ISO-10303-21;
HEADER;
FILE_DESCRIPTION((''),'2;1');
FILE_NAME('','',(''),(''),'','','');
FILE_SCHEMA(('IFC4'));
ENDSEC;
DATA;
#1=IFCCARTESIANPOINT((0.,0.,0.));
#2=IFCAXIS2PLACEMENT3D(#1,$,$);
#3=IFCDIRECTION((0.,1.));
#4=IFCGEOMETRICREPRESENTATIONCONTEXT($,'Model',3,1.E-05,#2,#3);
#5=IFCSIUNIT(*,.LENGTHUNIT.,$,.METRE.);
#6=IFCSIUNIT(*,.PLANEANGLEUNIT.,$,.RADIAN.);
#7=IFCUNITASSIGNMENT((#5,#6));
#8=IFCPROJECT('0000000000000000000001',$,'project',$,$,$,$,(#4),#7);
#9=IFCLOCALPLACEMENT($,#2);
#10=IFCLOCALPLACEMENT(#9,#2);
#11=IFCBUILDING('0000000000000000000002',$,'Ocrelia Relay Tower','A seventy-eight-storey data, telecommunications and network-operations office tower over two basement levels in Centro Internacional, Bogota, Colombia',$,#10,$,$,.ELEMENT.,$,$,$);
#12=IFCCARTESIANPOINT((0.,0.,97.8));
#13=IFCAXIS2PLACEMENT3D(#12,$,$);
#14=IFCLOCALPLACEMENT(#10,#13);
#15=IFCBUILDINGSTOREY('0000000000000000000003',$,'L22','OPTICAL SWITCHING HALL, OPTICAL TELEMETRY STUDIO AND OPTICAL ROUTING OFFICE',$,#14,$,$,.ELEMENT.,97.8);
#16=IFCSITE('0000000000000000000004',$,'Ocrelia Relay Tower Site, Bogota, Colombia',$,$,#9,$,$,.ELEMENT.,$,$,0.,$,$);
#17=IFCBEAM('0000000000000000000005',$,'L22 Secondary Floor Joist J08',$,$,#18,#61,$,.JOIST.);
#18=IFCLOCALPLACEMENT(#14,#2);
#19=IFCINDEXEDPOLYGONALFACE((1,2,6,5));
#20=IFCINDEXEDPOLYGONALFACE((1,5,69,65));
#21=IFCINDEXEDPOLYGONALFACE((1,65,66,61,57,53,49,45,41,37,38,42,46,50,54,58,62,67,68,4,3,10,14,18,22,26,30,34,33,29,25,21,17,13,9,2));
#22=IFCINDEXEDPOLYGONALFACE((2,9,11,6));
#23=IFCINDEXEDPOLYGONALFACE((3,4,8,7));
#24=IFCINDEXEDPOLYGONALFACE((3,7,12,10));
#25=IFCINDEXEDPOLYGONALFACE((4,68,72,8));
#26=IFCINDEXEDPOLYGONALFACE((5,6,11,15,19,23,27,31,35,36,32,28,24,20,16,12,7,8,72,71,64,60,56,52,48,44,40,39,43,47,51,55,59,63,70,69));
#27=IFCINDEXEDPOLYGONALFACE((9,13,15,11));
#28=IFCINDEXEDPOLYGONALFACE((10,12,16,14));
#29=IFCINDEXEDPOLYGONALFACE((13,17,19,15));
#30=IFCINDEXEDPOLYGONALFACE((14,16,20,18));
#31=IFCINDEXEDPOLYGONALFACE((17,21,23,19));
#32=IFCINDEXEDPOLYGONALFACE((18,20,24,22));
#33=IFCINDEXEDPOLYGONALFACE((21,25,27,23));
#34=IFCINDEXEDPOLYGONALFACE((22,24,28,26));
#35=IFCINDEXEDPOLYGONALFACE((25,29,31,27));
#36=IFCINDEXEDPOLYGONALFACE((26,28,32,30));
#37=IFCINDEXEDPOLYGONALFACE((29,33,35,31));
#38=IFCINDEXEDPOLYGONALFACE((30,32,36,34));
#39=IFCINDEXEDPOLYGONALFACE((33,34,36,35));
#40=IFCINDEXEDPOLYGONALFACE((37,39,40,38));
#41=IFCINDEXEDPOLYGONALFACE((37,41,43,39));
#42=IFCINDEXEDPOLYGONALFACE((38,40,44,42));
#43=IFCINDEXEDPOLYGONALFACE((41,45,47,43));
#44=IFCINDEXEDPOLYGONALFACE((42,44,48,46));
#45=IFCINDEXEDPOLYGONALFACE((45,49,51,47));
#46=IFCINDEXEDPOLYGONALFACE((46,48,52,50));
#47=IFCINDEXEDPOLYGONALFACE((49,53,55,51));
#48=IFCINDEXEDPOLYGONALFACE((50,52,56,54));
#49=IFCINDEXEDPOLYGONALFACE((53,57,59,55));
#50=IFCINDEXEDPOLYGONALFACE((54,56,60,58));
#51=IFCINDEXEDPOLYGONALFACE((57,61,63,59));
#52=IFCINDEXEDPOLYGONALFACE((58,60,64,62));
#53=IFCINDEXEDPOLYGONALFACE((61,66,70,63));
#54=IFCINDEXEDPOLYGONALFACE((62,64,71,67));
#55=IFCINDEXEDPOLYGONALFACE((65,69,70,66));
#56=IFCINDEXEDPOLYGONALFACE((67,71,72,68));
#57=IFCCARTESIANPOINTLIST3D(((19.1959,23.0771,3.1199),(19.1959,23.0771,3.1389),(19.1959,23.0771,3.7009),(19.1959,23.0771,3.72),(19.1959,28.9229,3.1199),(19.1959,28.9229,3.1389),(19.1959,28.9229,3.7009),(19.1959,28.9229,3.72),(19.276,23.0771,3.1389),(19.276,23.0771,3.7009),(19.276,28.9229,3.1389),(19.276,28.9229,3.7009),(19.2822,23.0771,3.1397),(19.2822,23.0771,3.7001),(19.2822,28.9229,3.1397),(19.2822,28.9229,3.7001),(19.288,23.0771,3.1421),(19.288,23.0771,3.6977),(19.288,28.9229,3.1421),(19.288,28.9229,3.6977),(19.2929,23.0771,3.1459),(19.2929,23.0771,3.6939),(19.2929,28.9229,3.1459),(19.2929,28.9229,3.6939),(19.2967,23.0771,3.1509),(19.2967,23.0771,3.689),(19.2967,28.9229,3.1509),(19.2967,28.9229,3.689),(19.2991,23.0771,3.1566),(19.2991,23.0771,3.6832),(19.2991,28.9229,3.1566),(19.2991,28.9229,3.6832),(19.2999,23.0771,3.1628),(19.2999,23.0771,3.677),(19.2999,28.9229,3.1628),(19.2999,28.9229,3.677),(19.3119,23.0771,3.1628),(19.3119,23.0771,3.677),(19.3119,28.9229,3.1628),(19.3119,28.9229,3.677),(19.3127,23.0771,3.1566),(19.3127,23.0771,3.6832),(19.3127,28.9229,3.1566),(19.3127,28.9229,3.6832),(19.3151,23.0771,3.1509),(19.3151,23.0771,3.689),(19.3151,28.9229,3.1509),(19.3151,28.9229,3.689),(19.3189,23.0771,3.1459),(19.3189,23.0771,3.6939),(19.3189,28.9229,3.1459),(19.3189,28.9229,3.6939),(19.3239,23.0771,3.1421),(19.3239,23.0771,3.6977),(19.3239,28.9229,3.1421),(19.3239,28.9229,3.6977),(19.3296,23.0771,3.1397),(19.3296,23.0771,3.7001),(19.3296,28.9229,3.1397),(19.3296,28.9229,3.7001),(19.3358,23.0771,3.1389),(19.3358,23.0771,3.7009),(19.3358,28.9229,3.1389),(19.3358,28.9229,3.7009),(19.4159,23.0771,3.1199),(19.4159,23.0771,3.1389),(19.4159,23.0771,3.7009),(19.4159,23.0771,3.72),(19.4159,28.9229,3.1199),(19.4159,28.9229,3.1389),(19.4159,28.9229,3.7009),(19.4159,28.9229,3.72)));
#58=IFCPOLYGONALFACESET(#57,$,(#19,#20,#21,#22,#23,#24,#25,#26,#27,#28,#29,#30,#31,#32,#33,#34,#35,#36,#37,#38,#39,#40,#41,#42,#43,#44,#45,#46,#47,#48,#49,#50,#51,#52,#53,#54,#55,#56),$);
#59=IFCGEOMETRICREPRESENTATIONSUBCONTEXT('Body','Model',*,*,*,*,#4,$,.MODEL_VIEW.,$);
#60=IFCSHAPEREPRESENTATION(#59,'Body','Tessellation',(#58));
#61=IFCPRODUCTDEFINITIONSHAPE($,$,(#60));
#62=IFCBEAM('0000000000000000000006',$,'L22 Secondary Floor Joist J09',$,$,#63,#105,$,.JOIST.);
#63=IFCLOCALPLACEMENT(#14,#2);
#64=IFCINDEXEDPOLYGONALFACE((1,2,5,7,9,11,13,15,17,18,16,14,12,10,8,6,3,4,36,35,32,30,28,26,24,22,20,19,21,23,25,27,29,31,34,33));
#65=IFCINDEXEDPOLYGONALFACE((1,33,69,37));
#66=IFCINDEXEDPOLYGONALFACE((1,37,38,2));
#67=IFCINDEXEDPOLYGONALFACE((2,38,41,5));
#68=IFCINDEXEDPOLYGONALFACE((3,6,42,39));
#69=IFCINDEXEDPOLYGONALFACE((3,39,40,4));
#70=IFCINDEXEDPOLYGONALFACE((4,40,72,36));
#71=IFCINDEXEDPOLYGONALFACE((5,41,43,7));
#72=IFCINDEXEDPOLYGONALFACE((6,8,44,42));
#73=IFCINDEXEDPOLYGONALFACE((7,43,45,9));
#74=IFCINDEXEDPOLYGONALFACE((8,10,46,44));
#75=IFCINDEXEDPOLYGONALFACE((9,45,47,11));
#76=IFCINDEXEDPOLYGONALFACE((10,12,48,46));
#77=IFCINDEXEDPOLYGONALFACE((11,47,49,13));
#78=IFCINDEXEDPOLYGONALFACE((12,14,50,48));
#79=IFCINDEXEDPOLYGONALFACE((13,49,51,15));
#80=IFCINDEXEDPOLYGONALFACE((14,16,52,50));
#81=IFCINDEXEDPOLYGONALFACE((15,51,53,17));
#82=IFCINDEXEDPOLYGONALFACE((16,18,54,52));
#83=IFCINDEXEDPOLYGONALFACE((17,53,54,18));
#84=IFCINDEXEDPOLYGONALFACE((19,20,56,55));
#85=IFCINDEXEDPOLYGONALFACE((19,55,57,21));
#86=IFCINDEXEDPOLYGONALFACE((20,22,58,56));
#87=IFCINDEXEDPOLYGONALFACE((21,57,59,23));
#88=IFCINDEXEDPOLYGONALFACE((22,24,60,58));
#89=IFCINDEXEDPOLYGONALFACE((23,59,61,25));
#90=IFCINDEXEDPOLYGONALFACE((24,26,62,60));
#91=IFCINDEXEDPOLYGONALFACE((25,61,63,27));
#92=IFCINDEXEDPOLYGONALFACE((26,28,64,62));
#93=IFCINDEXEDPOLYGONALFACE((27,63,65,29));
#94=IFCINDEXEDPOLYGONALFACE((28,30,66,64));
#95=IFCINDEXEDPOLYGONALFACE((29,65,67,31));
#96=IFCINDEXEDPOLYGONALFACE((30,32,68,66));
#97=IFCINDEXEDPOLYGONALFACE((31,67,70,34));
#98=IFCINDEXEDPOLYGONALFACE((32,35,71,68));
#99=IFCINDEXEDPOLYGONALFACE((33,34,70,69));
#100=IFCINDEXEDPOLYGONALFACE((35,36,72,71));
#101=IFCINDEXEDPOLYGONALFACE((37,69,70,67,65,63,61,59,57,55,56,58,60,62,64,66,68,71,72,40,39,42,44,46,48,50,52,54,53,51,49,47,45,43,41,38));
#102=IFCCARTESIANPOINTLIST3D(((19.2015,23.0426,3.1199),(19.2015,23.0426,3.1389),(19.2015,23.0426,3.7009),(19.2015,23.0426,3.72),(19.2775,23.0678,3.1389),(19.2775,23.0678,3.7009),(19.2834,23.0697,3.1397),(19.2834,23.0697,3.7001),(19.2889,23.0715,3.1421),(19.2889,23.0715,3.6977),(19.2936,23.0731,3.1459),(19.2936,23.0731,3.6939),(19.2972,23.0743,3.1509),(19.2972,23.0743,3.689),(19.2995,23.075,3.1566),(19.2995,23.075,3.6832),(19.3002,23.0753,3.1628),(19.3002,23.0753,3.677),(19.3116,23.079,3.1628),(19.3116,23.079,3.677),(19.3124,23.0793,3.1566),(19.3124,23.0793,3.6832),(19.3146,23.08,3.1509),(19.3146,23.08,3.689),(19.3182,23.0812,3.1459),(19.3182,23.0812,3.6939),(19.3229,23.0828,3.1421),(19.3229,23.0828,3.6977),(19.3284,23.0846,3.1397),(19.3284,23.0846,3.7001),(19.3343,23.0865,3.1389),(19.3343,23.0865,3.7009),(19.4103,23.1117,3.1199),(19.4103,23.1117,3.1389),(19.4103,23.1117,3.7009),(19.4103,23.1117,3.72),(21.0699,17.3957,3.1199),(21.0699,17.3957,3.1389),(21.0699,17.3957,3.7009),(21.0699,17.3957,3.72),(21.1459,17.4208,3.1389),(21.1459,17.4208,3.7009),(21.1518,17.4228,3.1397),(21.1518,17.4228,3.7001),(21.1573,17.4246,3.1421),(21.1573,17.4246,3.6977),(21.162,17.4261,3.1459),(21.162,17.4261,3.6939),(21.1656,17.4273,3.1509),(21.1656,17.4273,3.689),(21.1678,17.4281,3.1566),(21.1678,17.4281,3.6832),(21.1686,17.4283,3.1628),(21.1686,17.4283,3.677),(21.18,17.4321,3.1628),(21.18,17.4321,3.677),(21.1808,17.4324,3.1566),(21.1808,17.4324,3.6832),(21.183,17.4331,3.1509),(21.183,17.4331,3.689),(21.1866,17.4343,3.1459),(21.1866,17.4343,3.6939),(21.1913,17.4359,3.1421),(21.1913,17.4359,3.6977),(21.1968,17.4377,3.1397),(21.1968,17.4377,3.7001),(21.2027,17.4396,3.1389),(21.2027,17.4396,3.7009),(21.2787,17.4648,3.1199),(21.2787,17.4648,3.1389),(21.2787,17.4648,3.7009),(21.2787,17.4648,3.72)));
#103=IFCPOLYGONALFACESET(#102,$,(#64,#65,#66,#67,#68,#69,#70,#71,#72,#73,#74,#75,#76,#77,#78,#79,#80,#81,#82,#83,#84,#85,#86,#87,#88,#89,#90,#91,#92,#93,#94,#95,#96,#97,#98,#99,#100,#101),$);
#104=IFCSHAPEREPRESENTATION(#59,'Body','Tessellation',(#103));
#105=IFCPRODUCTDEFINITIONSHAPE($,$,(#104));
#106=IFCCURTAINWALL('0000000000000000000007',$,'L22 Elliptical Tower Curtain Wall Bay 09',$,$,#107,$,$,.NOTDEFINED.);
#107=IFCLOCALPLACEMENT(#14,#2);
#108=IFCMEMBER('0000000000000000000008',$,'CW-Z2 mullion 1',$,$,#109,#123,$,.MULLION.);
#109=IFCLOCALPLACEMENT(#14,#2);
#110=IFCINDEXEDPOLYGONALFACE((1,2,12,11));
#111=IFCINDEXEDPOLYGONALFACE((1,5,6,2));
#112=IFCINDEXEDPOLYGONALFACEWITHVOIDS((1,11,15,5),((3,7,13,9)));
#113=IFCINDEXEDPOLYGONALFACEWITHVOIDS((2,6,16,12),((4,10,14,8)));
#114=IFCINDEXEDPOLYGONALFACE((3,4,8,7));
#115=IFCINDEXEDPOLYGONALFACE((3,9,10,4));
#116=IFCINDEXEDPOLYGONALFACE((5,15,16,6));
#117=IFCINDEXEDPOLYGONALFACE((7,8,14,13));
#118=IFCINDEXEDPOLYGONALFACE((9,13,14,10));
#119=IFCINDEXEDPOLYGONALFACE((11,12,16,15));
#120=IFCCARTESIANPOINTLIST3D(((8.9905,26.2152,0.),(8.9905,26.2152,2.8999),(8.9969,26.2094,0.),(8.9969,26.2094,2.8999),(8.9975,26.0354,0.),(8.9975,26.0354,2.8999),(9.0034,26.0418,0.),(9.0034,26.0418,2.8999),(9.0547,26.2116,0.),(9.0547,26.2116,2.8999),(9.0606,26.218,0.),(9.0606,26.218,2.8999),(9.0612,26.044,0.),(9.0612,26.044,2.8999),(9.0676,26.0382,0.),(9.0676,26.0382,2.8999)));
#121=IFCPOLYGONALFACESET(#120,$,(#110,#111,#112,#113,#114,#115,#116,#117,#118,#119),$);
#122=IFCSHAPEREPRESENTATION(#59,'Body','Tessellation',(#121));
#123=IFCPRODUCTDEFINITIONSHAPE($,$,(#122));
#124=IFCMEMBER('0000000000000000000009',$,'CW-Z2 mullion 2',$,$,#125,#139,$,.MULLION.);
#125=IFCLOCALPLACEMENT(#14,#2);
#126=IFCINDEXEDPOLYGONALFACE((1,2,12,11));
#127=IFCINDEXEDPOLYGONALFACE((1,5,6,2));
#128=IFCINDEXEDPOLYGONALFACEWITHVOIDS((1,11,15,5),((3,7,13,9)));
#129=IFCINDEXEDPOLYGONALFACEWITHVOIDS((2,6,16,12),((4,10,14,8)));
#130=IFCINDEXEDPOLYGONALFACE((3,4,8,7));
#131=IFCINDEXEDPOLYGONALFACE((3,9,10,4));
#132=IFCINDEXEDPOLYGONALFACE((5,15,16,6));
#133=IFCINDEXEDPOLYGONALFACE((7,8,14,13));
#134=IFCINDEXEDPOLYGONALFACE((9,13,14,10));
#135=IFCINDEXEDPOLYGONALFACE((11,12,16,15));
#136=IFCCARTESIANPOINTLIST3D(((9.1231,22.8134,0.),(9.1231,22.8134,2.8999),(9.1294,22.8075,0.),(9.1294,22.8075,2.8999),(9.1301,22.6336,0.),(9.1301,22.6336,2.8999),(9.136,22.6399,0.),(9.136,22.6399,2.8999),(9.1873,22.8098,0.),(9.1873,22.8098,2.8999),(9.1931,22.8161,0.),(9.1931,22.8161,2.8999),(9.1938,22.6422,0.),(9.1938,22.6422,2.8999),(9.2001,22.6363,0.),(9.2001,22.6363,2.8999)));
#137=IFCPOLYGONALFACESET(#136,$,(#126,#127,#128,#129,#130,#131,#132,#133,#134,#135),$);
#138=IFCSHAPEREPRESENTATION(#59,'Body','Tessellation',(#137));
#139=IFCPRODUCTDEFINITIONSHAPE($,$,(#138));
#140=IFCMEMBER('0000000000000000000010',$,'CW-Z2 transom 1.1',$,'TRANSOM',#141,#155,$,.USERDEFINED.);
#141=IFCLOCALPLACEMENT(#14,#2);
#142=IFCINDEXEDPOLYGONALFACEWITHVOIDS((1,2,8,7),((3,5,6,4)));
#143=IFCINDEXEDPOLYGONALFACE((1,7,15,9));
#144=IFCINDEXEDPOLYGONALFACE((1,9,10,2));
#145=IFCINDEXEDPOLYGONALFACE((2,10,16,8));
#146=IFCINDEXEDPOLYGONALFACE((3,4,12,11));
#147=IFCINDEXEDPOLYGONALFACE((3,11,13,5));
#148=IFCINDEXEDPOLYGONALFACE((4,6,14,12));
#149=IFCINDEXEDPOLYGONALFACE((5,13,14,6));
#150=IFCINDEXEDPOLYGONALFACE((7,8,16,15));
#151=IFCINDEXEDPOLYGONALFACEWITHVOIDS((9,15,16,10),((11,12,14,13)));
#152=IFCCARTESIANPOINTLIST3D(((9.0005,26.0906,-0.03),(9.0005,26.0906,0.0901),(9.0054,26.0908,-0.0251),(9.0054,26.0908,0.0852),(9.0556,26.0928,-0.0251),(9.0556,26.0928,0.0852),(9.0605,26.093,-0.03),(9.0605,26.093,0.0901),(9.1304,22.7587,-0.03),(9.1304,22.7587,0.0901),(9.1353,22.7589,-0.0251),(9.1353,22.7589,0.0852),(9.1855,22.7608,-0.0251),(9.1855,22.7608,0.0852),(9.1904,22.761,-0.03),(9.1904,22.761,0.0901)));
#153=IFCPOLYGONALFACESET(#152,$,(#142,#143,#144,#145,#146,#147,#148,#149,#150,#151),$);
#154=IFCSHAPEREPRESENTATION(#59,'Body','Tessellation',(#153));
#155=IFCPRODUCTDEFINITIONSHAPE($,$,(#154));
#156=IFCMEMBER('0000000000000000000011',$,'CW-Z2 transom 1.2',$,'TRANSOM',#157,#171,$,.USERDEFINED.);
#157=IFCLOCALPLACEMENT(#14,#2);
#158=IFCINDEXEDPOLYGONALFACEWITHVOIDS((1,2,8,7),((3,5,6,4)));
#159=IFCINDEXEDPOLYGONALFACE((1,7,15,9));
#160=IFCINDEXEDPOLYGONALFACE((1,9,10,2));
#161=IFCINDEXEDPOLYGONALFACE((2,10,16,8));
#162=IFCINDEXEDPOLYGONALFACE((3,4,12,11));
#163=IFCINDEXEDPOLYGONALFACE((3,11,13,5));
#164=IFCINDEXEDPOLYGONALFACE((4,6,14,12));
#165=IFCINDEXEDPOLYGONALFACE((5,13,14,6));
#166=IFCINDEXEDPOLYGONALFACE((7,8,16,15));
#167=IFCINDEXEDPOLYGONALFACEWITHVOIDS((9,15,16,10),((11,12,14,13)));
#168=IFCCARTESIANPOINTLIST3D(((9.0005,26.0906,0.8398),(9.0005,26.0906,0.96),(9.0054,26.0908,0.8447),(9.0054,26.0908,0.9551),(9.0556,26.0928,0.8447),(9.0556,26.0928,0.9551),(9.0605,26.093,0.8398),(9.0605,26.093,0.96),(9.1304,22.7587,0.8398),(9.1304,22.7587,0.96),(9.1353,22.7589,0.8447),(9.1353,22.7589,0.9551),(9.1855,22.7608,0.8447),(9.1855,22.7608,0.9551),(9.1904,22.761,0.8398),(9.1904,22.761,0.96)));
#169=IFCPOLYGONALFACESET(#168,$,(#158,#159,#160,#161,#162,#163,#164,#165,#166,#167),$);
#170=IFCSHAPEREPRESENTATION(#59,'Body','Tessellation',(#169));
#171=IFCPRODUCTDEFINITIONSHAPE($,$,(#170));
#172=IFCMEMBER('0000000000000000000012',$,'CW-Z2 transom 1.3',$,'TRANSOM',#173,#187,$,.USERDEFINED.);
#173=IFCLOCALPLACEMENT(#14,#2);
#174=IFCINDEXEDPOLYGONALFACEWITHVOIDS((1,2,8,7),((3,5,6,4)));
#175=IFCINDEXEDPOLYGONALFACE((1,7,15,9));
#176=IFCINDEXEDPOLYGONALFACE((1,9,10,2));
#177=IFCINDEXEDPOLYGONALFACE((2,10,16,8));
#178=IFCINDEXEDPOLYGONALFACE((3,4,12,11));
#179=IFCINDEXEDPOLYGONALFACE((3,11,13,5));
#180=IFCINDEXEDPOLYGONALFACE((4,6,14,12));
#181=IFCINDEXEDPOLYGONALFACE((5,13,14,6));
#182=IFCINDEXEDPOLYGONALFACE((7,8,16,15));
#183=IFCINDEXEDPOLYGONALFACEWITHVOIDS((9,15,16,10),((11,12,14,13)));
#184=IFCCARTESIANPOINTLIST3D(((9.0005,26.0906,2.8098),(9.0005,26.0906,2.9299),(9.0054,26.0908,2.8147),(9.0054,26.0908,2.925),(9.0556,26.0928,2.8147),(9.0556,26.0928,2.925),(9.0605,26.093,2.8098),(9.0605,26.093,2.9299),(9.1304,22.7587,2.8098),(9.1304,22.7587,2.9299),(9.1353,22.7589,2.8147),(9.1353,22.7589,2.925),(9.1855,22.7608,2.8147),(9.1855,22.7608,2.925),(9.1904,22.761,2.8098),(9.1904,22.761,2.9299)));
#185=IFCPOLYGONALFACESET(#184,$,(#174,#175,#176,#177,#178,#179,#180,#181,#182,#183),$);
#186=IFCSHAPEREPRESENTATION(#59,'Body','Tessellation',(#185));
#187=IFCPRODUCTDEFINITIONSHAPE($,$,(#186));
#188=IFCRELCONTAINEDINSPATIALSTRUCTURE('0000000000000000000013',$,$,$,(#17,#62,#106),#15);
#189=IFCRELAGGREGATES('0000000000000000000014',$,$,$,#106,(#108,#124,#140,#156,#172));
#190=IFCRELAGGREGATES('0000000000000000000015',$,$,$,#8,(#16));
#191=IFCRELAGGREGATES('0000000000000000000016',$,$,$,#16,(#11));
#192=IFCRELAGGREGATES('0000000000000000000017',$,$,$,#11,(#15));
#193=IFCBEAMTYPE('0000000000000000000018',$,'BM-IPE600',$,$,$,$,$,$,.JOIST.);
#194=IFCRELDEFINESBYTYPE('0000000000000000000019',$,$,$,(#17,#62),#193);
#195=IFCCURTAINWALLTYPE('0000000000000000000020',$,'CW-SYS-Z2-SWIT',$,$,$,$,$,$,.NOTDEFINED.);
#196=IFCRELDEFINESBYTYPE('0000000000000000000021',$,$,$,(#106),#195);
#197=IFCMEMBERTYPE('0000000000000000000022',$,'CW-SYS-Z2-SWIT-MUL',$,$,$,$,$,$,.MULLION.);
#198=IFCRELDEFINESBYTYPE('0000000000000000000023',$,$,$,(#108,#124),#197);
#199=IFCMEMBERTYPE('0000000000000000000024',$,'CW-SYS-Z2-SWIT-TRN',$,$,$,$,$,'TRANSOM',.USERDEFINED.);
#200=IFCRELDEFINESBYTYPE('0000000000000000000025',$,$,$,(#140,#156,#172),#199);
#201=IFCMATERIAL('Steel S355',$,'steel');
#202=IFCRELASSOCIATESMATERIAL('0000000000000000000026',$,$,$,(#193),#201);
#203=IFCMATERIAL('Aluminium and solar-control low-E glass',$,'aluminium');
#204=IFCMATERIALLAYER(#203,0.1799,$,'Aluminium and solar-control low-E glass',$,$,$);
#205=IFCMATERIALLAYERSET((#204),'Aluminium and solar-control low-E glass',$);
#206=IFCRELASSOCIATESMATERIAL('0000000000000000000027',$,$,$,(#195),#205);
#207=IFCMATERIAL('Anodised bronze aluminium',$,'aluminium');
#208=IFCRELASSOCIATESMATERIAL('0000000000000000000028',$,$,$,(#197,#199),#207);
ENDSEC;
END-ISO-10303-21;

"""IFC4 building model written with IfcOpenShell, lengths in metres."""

from ifc_helpers import new_model, si_unit, direction, frame, origin, origin_2d, place, context, subcontext, project, spatial, hollow_rectangle, i_section, extrude, material, layer, layer_set, material_profile, profile_set, type_object, element, aggregate, save


model = new_model("IFC4")

# Units and contexts
model_context = context("Model", 3, precision=1e-05, world=origin(), true_north=direction((0.0, 1.0)))
body_context = subcontext(model_context, "Body", "Model", "MODEL_VIEW")
ifc_project = project(units=[si_unit("LENGTHUNIT", "METRE"), si_unit("PLANEANGLEUNIT", "RADIAN")], contexts=[model_context])

# Site, building, storey
site_placement = place(None, origin())
site = spatial("IfcSite", under=ifc_project, at=site_placement, Name="Ocrelia Relay Tower Site, Bogota, Colombia", CompositionType="ELEMENT", RefElevation=0.0)
building_placement = place(site_placement, origin())
building = spatial("IfcBuilding", under=site, at=building_placement, Name="Ocrelia Relay Tower", Description="A seventy-eight-storey data, telecommunications and network-operations office tower over two basement levels in Centro Internacional, Bogota, Colombia", CompositionType="ELEMENT")
storey_placement = place(building_placement, frame((0.0, 0.0, 97.8)))
storey = spatial("IfcBuildingStorey", under=building, at=storey_placement, Name="L22", Description="OPTICAL SWITCHING HALL, OPTICAL TELEMETRY STUDIO AND OPTICAL ROUTING OFFICE", CompositionType="ELEMENT", Elevation=97.8)

# Beams
ifc_material_1 = material(Name="Steel S355", Category="steel")
ifc_material_profile_1 = material_profile(ifc_material_1, i_section(OverallWidth=0.22, OverallDepth=0.6001, WebThickness=0.012, FlangeThickness=0.019, FilletRadius=0.0239, at=origin_2d()), Name="IPE 600")
ifc_profile_set_1 = profile_set([ifc_material_profile_1], Name="Steel S355")
beam_type_1 = type_object("IfcBeamType", Name="BM-IPE600", PredefinedType="JOIST", material=ifc_profile_set_1)
beam_1_placement = place(storey_placement, frame((19.3059, 28.9229, 3.4199), z_axis=(0.0, -1.0, 0.0), x_axis=(1.0, 0.0, 0.0)))
element("IfcBeam", 1, at=beam_1_placement, inside=storey, type_object=beam_type_1, Name="L22 Secondary Floor Joist J08", PredefinedType="JOIST", context=body_context, shape_type="SweptSolid", body=[
    extrude(i_section(OverallWidth=0.22, OverallDepth=0.6001, WebThickness=0.012, FlangeThickness=0.019, FilletRadius=0.0239, at=origin_2d()), origin(), (0.0, 0.0, 1.0), 5.8457),
])
beam_2_placement = place(storey_placement, frame((19.3059, 23.0771, 3.4199), z_axis=(0.314121, -0.949383, 0.0), x_axis=(0.949383, 0.314121, 0.0)))
element("IfcBeam", 2, at=beam_2_placement, inside=storey, type_object=beam_type_1, Name="L22 Secondary Floor Joist J09", PredefinedType="JOIST", context=body_context, shape_type="SweptSolid", body=[
    extrude(i_section(OverallWidth=0.22, OverallDepth=0.6001, WebThickness=0.012, FlangeThickness=0.019, FilletRadius=0.0239, at=origin_2d()), origin(), (0.0, 0.0, 1.0), 5.948),
])

# Curtain wall, members
ifc_material_2 = material(Name="Aluminium and solar-control low-E glass", Category="aluminium")
ifc_layer_1 = layer(ifc_material_2, 0.1799, Name="Aluminium and solar-control low-E glass")
ifc_layer_set_1 = layer_set([ifc_layer_1], Name="Aluminium and solar-control low-E glass")
curtain_wall_type = type_object("IfcCurtainWallType", Name="CW-SYS-Z2-SWIT", PredefinedType="NOTDEFINED", material=ifc_layer_set_1)
curtain_wall_placement = place(storey_placement, origin())
curtain_wall = element("IfcCurtainWall", 3, at=curtain_wall_placement, inside=storey, type_object=curtain_wall_type, Name="L22 Elliptical Tower Curtain Wall Bay 09", PredefinedType="NOTDEFINED")
ifc_material_3 = material(Name="Anodised bronze aluminium", Category="aluminium")
ifc_material_profile_2 = material_profile(ifc_material_3, hollow_rectangle(XDim=0.0701, YDim=0.1799, WallThickness=0.0061, at=origin_2d()), Name="CW-MUL-180x70")
ifc_profile_set_2 = profile_set([ifc_material_profile_2], Name="Anodised bronze aluminium")
member_type_1 = type_object("IfcMemberType", Name="CW-SYS-Z2-SWIT-MUL", PredefinedType="MULLION", material=ifc_profile_set_2)
member_1_placement = place(storey_placement, frame((9.0291, 26.1267, 0.0), z_axis=(0.0, 0.0, 1.0), x_axis=(0.999242, 0.03893, 0.0)))
member_1 = element("IfcMember", 4, at=member_1_placement, type_object=member_type_1, Name="CW-Z2 mullion 1", PredefinedType="MULLION", context=body_context, shape_type="SweptSolid", body=[
    extrude(hollow_rectangle(XDim=0.0701, YDim=0.1799, WallThickness=0.0061, at=origin_2d()), origin(), (0.0, 0.0, 1.0), 2.8999),
])
member_2_placement = place(storey_placement, frame((9.1616, 22.7249, 0.0), z_axis=(0.0, 0.0, 1.0), x_axis=(0.999242, 0.03893, 0.0)))
member_2 = element("IfcMember", 5, at=member_2_placement, type_object=member_type_1, Name="CW-Z2 mullion 2", PredefinedType="MULLION", context=body_context, shape_type="SweptSolid", body=[
    extrude(hollow_rectangle(XDim=0.0701, YDim=0.1799, WallThickness=0.0061, at=origin_2d()), origin(), (0.0, 0.0, 1.0), 2.8999),
])
ifc_material_profile_3 = material_profile(ifc_material_3, hollow_rectangle(XDim=0.0601, YDim=0.1201, WallThickness=0.0049, at=origin_2d()), Name="CW-TRN-120x60")
ifc_profile_set_3 = profile_set([ifc_material_profile_3], Name="Anodised bronze aluminium")
member_type_2 = type_object("IfcMemberType", Name="CW-SYS-Z2-SWIT-TRN", ElementType="TRANSOM", PredefinedType="USERDEFINED", material=ifc_profile_set_3)
member_3_placement = place(storey_placement, frame((9.0305, 26.0918, 0.03), z_axis=(0.03895, -0.999241, 0.0), x_axis=(0.999241, 0.03895, 0.0)))
member_3 = element("IfcMember", 6, at=member_3_placement, type_object=member_type_2, Name="CW-Z2 transom 1.1", ObjectType="TRANSOM", PredefinedType="USERDEFINED", context=body_context, shape_type="SweptSolid", body=[
    extrude(hollow_rectangle(XDim=0.0601, YDim=0.1201, WallThickness=0.0049, at=origin_2d()), origin(), (0.0, 0.0, 1.0), 3.3345),
])
member_4_placement = place(storey_placement, frame((9.0305, 26.0918, 0.8999), z_axis=(0.03895, -0.999241, 0.0), x_axis=(0.999241, 0.03895, 0.0)))
member_4 = element("IfcMember", 7, at=member_4_placement, type_object=member_type_2, Name="CW-Z2 transom 1.2", ObjectType="TRANSOM", PredefinedType="USERDEFINED", context=body_context, shape_type="SweptSolid", body=[
    extrude(hollow_rectangle(XDim=0.0601, YDim=0.1201, WallThickness=0.0049, at=origin_2d()), origin(), (0.0, 0.0, 1.0), 3.3345),
])
member_5_placement = place(storey_placement, frame((9.0305, 26.0918, 2.8699), z_axis=(0.03895, -0.999241, 0.0), x_axis=(0.999241, 0.03895, 0.0)))
member_5 = element("IfcMember", 8, at=member_5_placement, type_object=member_type_2, Name="CW-Z2 transom 1.3", ObjectType="TRANSOM", PredefinedType="USERDEFINED", context=body_context, shape_type="SweptSolid", body=[
    extrude(hollow_rectangle(XDim=0.0601, YDim=0.1201, WallThickness=0.0049, at=origin_2d()), origin(), (0.0, 0.0, 1.0), 3.3345),
])
aggregate(curtain_wall, [member_1, member_2, member_3, member_4, member_5])

save(model, "model.ifc")
